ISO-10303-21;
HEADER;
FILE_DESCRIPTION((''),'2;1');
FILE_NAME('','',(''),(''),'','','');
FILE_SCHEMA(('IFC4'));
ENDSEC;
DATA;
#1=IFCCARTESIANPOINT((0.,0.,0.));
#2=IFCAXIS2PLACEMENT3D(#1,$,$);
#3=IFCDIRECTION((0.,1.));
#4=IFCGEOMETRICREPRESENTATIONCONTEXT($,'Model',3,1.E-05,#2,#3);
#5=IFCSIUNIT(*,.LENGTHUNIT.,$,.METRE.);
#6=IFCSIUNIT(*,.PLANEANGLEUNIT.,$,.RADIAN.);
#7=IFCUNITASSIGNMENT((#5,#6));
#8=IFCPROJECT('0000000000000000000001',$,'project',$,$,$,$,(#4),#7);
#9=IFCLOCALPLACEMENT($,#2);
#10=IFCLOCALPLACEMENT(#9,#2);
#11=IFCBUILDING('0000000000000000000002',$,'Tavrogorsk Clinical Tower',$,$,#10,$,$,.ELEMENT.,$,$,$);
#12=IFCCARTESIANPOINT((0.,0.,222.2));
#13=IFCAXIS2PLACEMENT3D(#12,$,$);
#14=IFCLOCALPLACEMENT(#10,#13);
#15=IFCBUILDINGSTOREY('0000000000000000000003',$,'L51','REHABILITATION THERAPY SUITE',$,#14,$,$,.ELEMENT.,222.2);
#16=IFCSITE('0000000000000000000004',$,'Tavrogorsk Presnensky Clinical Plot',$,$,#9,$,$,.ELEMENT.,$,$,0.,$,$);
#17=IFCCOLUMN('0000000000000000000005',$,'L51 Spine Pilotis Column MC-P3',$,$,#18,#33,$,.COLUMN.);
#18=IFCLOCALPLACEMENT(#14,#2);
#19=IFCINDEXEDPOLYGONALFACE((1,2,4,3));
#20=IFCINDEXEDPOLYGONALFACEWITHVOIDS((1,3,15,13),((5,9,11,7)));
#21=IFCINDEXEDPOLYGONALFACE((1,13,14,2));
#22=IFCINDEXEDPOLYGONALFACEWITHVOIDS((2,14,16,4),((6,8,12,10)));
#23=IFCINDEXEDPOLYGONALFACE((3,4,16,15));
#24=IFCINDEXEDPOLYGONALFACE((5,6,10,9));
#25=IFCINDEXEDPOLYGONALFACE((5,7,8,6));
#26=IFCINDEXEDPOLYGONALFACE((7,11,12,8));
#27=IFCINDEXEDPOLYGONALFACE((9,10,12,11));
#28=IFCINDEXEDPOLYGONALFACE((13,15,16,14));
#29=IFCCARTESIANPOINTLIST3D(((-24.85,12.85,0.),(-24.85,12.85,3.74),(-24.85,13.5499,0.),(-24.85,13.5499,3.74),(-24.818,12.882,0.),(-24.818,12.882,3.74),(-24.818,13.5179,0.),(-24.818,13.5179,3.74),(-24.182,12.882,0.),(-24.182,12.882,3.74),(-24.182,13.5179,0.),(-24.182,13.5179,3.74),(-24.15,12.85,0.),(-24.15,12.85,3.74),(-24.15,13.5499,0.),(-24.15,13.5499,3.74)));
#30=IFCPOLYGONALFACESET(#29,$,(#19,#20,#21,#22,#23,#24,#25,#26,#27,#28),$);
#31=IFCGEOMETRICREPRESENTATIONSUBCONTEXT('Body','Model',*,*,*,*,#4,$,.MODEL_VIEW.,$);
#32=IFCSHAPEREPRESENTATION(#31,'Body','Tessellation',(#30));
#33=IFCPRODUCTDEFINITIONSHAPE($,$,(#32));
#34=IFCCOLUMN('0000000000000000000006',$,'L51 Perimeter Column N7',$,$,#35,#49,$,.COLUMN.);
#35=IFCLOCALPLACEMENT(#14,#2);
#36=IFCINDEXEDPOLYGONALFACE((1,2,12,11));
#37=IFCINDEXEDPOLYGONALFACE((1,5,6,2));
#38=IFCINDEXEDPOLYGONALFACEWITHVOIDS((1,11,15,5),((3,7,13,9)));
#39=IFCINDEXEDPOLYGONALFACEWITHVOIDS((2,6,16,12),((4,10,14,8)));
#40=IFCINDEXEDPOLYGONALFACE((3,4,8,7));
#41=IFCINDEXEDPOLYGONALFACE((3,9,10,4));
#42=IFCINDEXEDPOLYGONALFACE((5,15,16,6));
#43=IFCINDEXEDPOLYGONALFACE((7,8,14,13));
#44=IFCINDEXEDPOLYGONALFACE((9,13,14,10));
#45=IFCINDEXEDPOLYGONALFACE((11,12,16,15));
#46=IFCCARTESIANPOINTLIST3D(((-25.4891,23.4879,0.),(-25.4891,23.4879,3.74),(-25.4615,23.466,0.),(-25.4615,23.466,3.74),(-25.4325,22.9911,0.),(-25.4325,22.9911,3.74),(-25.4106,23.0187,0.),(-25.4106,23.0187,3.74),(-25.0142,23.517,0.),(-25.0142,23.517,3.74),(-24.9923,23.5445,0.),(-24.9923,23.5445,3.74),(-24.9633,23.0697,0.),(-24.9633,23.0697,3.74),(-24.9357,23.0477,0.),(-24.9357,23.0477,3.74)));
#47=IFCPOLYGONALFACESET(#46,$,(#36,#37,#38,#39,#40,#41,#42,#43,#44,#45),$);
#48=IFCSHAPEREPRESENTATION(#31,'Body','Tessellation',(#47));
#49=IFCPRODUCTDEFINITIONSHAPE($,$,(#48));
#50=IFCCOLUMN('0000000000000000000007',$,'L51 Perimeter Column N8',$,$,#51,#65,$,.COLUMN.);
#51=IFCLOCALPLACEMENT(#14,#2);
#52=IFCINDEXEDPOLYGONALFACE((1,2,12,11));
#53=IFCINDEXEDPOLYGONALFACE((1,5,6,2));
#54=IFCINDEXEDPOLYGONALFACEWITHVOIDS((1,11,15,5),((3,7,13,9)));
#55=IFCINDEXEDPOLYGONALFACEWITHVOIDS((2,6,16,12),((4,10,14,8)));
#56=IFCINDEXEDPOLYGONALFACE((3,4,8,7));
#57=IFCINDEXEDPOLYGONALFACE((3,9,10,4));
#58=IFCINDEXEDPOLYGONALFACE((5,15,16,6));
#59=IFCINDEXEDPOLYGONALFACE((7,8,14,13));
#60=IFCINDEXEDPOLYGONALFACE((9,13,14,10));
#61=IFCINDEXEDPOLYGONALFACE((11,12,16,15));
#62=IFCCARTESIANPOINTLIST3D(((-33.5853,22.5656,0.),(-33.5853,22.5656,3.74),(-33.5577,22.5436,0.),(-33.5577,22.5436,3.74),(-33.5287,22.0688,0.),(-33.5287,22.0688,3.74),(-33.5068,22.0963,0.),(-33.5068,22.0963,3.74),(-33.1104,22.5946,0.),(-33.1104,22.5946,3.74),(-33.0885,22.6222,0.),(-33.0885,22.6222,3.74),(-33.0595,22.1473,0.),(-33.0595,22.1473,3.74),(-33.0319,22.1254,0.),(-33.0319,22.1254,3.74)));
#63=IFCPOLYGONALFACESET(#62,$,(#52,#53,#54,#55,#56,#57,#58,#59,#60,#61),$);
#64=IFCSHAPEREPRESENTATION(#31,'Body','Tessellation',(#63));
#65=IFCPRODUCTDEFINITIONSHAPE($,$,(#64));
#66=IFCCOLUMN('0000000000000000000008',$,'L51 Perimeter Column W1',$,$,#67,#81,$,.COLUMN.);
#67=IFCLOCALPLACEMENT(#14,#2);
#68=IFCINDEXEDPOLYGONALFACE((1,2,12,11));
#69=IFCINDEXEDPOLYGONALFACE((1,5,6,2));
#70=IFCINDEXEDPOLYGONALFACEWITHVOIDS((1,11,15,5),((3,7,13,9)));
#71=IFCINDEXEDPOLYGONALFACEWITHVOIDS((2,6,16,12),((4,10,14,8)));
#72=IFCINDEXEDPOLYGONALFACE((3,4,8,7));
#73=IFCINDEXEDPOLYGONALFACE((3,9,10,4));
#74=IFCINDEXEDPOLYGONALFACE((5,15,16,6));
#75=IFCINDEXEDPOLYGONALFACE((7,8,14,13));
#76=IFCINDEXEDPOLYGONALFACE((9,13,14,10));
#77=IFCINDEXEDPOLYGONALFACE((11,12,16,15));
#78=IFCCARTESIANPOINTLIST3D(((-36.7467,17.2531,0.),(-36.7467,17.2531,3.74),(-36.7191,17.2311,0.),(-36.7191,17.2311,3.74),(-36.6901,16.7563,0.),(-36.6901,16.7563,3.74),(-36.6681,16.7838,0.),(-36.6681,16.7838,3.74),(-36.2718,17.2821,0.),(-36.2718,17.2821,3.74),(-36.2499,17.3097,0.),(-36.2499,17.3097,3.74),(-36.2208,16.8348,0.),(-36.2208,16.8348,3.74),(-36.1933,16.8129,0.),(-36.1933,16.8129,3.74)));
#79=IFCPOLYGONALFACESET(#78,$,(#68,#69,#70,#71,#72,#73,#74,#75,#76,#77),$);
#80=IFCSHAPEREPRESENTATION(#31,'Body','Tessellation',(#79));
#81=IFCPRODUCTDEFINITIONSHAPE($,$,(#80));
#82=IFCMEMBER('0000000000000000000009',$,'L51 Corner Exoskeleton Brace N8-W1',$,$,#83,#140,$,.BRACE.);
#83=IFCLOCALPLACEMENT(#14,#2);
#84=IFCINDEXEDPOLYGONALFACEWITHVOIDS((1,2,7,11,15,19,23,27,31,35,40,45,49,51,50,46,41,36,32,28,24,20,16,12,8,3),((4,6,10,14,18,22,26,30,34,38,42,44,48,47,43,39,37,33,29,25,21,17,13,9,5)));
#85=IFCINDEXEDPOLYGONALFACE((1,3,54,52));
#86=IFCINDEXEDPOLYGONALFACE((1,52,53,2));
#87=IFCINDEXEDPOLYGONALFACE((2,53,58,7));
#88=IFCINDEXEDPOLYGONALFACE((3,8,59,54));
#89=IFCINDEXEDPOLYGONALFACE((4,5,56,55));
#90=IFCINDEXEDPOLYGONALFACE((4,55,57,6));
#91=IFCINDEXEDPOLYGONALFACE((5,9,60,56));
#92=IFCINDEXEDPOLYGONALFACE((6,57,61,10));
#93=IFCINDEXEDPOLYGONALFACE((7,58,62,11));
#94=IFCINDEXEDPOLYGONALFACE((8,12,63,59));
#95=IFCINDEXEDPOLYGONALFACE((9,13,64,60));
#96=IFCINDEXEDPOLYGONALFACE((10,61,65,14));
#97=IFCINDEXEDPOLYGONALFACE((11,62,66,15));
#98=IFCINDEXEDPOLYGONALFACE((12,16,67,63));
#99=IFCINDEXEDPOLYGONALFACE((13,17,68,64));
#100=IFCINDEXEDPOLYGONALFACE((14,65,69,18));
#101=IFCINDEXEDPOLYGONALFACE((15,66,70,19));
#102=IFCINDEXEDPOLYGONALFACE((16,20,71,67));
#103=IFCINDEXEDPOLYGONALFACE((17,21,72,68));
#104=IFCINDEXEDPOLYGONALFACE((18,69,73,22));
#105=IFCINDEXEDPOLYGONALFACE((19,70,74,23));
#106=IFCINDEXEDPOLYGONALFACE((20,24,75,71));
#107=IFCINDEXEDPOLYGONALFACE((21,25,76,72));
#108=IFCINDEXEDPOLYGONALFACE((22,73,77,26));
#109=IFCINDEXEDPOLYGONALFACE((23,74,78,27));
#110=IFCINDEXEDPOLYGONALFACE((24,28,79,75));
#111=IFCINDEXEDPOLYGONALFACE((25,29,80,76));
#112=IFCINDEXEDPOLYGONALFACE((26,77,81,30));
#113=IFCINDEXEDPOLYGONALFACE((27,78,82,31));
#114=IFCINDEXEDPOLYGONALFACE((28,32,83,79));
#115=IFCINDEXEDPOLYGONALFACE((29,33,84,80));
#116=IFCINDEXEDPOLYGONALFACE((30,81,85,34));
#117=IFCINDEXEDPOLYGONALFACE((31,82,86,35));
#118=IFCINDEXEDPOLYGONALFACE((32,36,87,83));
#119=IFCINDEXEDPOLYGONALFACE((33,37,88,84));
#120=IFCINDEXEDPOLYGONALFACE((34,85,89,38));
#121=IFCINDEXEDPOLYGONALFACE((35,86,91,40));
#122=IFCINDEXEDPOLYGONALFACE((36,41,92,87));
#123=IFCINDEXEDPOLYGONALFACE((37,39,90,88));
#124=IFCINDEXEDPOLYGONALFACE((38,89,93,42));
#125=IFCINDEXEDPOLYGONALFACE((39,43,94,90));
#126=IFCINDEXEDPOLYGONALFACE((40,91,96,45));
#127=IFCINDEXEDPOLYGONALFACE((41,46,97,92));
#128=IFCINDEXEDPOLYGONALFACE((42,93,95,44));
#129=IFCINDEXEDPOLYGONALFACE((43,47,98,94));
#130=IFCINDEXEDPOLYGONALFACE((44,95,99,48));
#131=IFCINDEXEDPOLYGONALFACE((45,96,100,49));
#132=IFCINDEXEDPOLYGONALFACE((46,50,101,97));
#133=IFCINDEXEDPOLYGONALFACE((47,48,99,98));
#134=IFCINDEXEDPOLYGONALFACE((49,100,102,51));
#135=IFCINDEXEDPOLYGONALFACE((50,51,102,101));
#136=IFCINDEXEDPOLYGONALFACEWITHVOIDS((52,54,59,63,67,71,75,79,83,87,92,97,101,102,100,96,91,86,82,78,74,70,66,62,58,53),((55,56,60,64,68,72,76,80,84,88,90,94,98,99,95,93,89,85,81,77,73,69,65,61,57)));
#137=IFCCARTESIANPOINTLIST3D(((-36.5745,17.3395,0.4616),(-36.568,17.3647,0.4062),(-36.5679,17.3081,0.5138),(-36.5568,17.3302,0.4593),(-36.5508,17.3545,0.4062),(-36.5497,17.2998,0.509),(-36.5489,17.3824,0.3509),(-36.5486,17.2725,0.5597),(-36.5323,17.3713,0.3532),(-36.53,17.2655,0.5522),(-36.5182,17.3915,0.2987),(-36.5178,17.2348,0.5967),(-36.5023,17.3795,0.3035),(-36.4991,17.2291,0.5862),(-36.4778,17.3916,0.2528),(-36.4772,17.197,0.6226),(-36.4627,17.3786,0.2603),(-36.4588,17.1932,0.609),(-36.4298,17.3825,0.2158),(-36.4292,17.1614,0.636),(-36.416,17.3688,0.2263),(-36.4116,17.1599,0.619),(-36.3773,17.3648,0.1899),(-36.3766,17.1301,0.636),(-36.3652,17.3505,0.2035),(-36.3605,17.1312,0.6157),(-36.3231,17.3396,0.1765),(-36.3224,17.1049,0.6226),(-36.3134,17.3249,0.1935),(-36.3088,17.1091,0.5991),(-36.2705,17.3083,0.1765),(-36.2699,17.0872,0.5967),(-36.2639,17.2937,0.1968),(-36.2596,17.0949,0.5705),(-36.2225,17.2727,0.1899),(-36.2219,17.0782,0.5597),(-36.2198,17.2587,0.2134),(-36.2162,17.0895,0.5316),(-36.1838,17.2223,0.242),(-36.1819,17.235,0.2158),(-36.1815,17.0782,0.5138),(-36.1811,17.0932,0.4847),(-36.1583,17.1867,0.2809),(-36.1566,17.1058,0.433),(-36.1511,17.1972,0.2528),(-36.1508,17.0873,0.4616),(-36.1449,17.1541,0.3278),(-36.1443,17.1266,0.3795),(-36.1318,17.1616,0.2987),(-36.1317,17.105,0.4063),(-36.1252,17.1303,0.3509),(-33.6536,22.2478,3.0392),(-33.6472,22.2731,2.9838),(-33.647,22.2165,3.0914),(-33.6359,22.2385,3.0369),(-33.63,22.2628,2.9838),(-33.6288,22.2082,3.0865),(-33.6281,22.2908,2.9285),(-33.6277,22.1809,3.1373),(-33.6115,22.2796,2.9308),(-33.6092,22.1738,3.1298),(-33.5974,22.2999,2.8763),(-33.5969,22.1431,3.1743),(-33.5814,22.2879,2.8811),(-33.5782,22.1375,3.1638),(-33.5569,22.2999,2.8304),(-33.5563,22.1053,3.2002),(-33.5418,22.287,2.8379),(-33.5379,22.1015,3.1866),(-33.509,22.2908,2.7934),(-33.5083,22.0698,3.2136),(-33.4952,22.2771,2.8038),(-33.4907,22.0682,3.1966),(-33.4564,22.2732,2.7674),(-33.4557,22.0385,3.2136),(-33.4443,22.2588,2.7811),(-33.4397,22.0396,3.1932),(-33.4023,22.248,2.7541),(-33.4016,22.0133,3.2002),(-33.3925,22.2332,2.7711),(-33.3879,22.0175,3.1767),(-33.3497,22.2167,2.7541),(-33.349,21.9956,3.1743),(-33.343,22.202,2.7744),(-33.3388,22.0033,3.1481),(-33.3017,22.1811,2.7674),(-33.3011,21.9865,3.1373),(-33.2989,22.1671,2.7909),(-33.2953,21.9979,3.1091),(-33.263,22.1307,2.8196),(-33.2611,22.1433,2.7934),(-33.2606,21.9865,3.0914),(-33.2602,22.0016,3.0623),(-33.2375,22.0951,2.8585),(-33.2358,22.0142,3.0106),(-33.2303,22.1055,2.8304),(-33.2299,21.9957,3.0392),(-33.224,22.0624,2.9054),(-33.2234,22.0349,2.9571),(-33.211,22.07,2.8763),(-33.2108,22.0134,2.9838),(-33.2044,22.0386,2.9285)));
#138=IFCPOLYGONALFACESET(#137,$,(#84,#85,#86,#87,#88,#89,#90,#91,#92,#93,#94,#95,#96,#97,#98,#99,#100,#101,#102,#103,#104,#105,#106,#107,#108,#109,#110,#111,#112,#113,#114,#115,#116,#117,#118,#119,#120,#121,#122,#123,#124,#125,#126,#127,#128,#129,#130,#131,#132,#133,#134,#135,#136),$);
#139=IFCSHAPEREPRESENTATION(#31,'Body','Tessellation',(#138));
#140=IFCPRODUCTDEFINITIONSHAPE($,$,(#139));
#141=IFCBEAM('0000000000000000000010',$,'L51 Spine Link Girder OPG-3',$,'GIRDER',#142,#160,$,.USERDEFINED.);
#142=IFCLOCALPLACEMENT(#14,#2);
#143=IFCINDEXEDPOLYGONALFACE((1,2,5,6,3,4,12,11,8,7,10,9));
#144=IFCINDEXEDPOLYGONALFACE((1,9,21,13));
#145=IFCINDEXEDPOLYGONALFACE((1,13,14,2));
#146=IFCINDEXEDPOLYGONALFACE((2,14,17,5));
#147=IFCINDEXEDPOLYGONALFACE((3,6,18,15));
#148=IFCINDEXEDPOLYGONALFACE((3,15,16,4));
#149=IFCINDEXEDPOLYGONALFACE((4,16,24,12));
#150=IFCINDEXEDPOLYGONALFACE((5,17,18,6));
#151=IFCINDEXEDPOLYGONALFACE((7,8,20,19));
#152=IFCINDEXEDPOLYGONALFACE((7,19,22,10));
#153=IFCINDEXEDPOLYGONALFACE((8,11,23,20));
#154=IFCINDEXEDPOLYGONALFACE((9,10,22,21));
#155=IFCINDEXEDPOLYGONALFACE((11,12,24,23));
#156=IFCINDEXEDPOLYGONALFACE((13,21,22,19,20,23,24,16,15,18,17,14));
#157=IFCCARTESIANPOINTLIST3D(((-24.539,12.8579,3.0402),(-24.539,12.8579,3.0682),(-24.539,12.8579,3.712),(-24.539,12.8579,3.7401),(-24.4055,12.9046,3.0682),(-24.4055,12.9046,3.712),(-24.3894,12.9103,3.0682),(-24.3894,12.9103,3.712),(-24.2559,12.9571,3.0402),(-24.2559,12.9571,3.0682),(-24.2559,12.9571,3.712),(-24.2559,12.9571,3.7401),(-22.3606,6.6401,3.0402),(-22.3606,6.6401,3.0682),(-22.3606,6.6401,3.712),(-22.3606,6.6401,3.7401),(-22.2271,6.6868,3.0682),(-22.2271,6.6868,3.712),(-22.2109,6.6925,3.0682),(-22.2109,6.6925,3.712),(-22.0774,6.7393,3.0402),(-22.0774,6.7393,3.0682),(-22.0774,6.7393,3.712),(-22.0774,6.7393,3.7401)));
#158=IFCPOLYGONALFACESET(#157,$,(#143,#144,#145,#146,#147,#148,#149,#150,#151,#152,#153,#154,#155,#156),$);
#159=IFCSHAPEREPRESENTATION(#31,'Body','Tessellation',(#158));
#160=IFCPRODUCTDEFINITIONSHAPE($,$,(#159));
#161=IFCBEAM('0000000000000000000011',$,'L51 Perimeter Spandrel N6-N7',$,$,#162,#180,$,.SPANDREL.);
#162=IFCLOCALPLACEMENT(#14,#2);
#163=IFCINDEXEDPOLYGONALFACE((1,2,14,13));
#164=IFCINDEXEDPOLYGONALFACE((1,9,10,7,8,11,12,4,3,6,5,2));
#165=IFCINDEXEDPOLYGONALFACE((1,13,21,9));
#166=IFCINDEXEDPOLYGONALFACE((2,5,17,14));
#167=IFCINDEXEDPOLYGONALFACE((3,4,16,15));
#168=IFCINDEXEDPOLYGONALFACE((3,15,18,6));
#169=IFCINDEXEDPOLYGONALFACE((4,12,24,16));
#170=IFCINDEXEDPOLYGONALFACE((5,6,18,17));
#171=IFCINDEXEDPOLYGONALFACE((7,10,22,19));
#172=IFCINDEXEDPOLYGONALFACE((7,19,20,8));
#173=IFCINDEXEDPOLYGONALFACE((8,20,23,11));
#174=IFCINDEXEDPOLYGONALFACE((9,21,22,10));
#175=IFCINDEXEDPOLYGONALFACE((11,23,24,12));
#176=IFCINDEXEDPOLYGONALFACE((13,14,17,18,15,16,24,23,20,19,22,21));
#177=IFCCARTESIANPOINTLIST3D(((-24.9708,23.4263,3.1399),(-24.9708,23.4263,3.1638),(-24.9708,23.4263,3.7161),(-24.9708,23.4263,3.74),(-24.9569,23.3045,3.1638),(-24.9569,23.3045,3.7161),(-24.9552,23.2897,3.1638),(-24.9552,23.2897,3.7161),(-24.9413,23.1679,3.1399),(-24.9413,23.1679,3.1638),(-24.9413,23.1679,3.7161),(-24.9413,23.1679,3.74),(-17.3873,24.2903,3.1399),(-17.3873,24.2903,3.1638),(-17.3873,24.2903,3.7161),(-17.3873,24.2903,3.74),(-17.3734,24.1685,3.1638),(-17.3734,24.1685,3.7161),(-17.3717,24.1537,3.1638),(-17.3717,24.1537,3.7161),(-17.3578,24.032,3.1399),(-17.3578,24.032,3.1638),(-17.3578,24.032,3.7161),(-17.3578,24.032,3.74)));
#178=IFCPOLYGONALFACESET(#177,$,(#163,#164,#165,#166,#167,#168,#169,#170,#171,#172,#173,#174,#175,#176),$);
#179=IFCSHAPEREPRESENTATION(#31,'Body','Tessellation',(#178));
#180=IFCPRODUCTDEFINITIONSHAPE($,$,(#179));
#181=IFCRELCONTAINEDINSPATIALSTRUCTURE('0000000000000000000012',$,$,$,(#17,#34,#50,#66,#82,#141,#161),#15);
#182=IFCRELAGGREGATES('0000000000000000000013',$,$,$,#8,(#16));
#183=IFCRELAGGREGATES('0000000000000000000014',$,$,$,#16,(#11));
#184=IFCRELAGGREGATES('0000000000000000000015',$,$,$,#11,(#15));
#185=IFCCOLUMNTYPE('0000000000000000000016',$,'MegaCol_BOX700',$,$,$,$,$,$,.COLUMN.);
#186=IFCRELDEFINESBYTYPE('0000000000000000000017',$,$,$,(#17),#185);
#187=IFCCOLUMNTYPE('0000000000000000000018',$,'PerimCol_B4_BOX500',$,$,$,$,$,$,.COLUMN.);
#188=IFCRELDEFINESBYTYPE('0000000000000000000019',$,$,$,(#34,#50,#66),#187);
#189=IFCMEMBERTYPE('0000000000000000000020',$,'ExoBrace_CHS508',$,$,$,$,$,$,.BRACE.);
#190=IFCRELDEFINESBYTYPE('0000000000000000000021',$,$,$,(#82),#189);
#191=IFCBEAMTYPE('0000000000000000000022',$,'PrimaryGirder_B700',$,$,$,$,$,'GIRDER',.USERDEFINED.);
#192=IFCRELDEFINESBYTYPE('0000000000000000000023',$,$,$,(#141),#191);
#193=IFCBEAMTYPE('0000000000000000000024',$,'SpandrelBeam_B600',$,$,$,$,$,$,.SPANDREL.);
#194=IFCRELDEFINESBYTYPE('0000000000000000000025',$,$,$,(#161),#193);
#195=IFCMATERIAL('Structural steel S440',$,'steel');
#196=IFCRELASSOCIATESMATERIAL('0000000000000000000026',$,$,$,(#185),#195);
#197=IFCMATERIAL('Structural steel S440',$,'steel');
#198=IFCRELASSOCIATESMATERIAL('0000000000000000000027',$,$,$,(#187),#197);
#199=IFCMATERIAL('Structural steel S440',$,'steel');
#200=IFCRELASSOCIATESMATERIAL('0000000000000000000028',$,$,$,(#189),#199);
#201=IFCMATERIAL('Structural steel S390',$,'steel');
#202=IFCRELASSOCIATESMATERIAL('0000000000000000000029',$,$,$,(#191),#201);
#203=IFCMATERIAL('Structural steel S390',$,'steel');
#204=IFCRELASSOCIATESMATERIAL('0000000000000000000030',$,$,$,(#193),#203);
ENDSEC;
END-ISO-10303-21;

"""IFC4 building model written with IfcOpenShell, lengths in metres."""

from ifc_helpers import new_model, si_unit, direction, frame, origin, origin_2d, place, context, subcontext, project, spatial, hollow_rectangle, hollow_circle, i_section, extrude, material, material_profile, profile_set, type_object, element, save


model = new_model("IFC4")

# Units and contexts
model_context = context("Model", 3, precision=1e-05, world=origin(), true_north=direction((0.0, 1.0)))
body_context = subcontext(model_context, "Body", "Model", "MODEL_VIEW")
ifc_project = project(units=[si_unit("LENGTHUNIT", "METRE"), si_unit("PLANEANGLEUNIT", "RADIAN")], contexts=[model_context])

# Site, building, storey
site_placement = place(None, origin())
site = spatial("IfcSite", under=ifc_project, at=site_placement, Name="Tavrogorsk Presnensky Clinical Plot", CompositionType="ELEMENT", RefElevation=0.0)
building_placement = place(site_placement, origin())
building = spatial("IfcBuilding", under=site, at=building_placement, Name="Tavrogorsk Clinical Tower", CompositionType="ELEMENT")
storey_placement = place(building_placement, frame((0.0, 0.0, 222.2)))
storey = spatial("IfcBuildingStorey", under=building, at=storey_placement, Name="L51", Description="REHABILITATION THERAPY SUITE", CompositionType="ELEMENT", Elevation=222.2)

# Columns
ifc_material_1 = material(Name="Structural steel S440", Category="steel")
ifc_material_profile_1 = material_profile(ifc_material_1, hollow_rectangle(XDim=0.7, YDim=0.7, WallThickness=0.032, at=origin_2d()), Name="BOX-700x700x32")
ifc_profile_set_1 = profile_set([ifc_material_profile_1], Name="Structural steel S440")
column_type_1 = type_object("IfcColumnType", Name="MegaCol_BOX700", PredefinedType="COLUMN", material=ifc_profile_set_1)
column_placement = place(storey_placement, frame((-24.5, 13.2, 0.0), z_axis=(0.0, 0.0, 1.0), x_axis=(1.0, 0.0, 0.0)))
element("IfcColumn", 1, at=column_placement, inside=storey, type_object=column_type_1, Name="L51 Spine Pilotis Column MC-P3", PredefinedType="COLUMN", context=body_context, shape_type="SweptSolid", body=[
    extrude(hollow_rectangle(XDim=0.7, YDim=0.7, WallThickness=0.032, at=origin_2d()), origin(), (0.0, 0.0, 1.0), 3.74),
])
ifc_material_2 = material(Name="Structural steel S440", Category="steel")
ifc_material_profile_2 = material_profile(ifc_material_2, hollow_rectangle(XDim=0.5, YDim=0.5, WallThickness=0.0249, at=origin_2d()), Name="BOX-500x500x25")
ifc_profile_set_2 = profile_set([ifc_material_profile_2], Name="Structural steel S440")
column_type_2 = type_object("IfcColumnType", Name="PerimCol_B4_BOX500", PredefinedType="COLUMN", material=ifc_profile_set_2)
for number, where, z_axis, x_axis, name in (
    (2, (-25.2124, 23.2678, 0.0), (0.0, 0.0, 1.0), (0.993572, 0.113203, 0.0), "L51 Perimeter Column N7"),
    (3, (-33.3086, 22.3455, 0.0), (0.0, 0.0, 1.0), (0.993572, 0.113203, 0.0), "L51 Perimeter Column N8"),
    (4, (-36.47, 17.033, 0.0), (0.0, 0.0, 1.0), (0.993572, 0.113203, 0.0), "L51 Perimeter Column W1"),
):
    element("IfcColumn", number, at=place(storey_placement, frame(where, z_axis=z_axis, x_axis=x_axis)), inside=storey, type_object=column_type_2, Name=name, PredefinedType="COLUMN", context=body_context, shape_type="SweptSolid", body=[
        extrude(hollow_rectangle(XDim=0.5, YDim=0.5, WallThickness=0.0249, at=origin_2d()), origin(), (0.0, 0.0, 1.0), 3.74),
    ])

# Member
ifc_material_3 = material(Name="Structural steel S440", Category="steel")
ifc_material_profile_3 = material_profile(ifc_material_3, hollow_circle(Radius=0.2539, WallThickness=0.02, at=origin_2d()), Name="CHS-508x20")
ifc_profile_set_3 = profile_set([ifc_material_profile_3], Name="Structural steel S440")
member_type = type_object("IfcMemberType", Name="ExoBrace_CHS508", PredefinedType="BRACE", material=ifc_profile_set_3)
member_placement = place(storey_placement, frame((-36.3499, 17.2349, 0.4062), z_axis=(0.466115, 0.783287, 0.411338), x_axis=(-0.859354, 0.511381, 0.0)))
element("IfcMember", 5, at=member_placement, inside=storey, type_object=member_type, Name="L51 Corner Exoskeleton Brace N8-W1", PredefinedType="BRACE", context=body_context, shape_type="SweptSolid", body=[
    extrude(hollow_circle(Radius=0.2539, WallThickness=0.02, at=origin_2d()), origin(), (0.0, 0.0, 1.0), 6.2664),
])

# Beams
ifc_material_4 = material(Name="Structural steel S390", Category="steel")
ifc_material_profile_4 = material_profile(ifc_material_4, i_section(OverallWidth=0.3, OverallDepth=0.7, WebThickness=0.0171, FlangeThickness=0.0281, at=origin_2d()), Name="B-700x300x17x28")
ifc_profile_set_4 = profile_set([ifc_material_profile_4], Name="Structural steel S390")
beam_type_1 = type_object("IfcBeamType", Name="PrimaryGirder_B700", ElementType="GIRDER", PredefinedType="USERDEFINED", material=ifc_profile_set_4)
beam_1_placement = place(storey_placement, frame((-24.3975, 12.9075, 3.3901), z_axis=(0.330654, -0.943752, 0.0), x_axis=(0.943752, 0.330654, 0.0)))
element("IfcBeam", 6, at=beam_1_placement, inside=storey, type_object=beam_type_1, Name="L51 Spine Link Girder OPG-3", ObjectType="GIRDER", PredefinedType="USERDEFINED", context=body_context, shape_type="SweptSolid", body=[
    extrude(i_section(OverallWidth=0.3, OverallDepth=0.7, WebThickness=0.0171, FlangeThickness=0.0281, at=origin_2d()), origin(), (0.0, 0.0, 1.0), 6.5884),
])
ifc_material_5 = material(Name="Structural steel S390", Category="steel")
ifc_material_profile_5 = material_profile(ifc_material_5, i_section(OverallWidth=0.26, OverallDepth=0.6001, WebThickness=0.0149, FlangeThickness=0.0239, at=origin_2d()), Name="B-600x260x15x24")
ifc_profile_set_5 = profile_set([ifc_material_profile_5], Name="Structural steel S390")
beam_type_2 = type_object("IfcBeamType", Name="SpandrelBeam_B600", PredefinedType="SPANDREL", material=ifc_profile_set_5)
for number, where, z_axis, x_axis, name in (
    (7, (-17.3726, 24.1611, 3.4399), (-0.993572, -0.113201, 0.0), (0.113201, -0.993572, 0.0), "L51 Perimeter Spandrel N6-N7"),
):
    element("IfcBeam", number, at=place(storey_placement, frame(where, z_axis=z_axis, x_axis=x_axis)), inside=storey, type_object=beam_type_2, Name=name, PredefinedType="SPANDREL", context=body_context, shape_type="SweptSolid", body=[
        extrude(i_section(OverallWidth=0.26, OverallDepth=0.6001, WebThickness=0.0149, FlangeThickness=0.0239, at=origin_2d()), origin(), (0.0, 0.0, 1.0), 7.6326),
    ])

save(model, "model.ifc")
